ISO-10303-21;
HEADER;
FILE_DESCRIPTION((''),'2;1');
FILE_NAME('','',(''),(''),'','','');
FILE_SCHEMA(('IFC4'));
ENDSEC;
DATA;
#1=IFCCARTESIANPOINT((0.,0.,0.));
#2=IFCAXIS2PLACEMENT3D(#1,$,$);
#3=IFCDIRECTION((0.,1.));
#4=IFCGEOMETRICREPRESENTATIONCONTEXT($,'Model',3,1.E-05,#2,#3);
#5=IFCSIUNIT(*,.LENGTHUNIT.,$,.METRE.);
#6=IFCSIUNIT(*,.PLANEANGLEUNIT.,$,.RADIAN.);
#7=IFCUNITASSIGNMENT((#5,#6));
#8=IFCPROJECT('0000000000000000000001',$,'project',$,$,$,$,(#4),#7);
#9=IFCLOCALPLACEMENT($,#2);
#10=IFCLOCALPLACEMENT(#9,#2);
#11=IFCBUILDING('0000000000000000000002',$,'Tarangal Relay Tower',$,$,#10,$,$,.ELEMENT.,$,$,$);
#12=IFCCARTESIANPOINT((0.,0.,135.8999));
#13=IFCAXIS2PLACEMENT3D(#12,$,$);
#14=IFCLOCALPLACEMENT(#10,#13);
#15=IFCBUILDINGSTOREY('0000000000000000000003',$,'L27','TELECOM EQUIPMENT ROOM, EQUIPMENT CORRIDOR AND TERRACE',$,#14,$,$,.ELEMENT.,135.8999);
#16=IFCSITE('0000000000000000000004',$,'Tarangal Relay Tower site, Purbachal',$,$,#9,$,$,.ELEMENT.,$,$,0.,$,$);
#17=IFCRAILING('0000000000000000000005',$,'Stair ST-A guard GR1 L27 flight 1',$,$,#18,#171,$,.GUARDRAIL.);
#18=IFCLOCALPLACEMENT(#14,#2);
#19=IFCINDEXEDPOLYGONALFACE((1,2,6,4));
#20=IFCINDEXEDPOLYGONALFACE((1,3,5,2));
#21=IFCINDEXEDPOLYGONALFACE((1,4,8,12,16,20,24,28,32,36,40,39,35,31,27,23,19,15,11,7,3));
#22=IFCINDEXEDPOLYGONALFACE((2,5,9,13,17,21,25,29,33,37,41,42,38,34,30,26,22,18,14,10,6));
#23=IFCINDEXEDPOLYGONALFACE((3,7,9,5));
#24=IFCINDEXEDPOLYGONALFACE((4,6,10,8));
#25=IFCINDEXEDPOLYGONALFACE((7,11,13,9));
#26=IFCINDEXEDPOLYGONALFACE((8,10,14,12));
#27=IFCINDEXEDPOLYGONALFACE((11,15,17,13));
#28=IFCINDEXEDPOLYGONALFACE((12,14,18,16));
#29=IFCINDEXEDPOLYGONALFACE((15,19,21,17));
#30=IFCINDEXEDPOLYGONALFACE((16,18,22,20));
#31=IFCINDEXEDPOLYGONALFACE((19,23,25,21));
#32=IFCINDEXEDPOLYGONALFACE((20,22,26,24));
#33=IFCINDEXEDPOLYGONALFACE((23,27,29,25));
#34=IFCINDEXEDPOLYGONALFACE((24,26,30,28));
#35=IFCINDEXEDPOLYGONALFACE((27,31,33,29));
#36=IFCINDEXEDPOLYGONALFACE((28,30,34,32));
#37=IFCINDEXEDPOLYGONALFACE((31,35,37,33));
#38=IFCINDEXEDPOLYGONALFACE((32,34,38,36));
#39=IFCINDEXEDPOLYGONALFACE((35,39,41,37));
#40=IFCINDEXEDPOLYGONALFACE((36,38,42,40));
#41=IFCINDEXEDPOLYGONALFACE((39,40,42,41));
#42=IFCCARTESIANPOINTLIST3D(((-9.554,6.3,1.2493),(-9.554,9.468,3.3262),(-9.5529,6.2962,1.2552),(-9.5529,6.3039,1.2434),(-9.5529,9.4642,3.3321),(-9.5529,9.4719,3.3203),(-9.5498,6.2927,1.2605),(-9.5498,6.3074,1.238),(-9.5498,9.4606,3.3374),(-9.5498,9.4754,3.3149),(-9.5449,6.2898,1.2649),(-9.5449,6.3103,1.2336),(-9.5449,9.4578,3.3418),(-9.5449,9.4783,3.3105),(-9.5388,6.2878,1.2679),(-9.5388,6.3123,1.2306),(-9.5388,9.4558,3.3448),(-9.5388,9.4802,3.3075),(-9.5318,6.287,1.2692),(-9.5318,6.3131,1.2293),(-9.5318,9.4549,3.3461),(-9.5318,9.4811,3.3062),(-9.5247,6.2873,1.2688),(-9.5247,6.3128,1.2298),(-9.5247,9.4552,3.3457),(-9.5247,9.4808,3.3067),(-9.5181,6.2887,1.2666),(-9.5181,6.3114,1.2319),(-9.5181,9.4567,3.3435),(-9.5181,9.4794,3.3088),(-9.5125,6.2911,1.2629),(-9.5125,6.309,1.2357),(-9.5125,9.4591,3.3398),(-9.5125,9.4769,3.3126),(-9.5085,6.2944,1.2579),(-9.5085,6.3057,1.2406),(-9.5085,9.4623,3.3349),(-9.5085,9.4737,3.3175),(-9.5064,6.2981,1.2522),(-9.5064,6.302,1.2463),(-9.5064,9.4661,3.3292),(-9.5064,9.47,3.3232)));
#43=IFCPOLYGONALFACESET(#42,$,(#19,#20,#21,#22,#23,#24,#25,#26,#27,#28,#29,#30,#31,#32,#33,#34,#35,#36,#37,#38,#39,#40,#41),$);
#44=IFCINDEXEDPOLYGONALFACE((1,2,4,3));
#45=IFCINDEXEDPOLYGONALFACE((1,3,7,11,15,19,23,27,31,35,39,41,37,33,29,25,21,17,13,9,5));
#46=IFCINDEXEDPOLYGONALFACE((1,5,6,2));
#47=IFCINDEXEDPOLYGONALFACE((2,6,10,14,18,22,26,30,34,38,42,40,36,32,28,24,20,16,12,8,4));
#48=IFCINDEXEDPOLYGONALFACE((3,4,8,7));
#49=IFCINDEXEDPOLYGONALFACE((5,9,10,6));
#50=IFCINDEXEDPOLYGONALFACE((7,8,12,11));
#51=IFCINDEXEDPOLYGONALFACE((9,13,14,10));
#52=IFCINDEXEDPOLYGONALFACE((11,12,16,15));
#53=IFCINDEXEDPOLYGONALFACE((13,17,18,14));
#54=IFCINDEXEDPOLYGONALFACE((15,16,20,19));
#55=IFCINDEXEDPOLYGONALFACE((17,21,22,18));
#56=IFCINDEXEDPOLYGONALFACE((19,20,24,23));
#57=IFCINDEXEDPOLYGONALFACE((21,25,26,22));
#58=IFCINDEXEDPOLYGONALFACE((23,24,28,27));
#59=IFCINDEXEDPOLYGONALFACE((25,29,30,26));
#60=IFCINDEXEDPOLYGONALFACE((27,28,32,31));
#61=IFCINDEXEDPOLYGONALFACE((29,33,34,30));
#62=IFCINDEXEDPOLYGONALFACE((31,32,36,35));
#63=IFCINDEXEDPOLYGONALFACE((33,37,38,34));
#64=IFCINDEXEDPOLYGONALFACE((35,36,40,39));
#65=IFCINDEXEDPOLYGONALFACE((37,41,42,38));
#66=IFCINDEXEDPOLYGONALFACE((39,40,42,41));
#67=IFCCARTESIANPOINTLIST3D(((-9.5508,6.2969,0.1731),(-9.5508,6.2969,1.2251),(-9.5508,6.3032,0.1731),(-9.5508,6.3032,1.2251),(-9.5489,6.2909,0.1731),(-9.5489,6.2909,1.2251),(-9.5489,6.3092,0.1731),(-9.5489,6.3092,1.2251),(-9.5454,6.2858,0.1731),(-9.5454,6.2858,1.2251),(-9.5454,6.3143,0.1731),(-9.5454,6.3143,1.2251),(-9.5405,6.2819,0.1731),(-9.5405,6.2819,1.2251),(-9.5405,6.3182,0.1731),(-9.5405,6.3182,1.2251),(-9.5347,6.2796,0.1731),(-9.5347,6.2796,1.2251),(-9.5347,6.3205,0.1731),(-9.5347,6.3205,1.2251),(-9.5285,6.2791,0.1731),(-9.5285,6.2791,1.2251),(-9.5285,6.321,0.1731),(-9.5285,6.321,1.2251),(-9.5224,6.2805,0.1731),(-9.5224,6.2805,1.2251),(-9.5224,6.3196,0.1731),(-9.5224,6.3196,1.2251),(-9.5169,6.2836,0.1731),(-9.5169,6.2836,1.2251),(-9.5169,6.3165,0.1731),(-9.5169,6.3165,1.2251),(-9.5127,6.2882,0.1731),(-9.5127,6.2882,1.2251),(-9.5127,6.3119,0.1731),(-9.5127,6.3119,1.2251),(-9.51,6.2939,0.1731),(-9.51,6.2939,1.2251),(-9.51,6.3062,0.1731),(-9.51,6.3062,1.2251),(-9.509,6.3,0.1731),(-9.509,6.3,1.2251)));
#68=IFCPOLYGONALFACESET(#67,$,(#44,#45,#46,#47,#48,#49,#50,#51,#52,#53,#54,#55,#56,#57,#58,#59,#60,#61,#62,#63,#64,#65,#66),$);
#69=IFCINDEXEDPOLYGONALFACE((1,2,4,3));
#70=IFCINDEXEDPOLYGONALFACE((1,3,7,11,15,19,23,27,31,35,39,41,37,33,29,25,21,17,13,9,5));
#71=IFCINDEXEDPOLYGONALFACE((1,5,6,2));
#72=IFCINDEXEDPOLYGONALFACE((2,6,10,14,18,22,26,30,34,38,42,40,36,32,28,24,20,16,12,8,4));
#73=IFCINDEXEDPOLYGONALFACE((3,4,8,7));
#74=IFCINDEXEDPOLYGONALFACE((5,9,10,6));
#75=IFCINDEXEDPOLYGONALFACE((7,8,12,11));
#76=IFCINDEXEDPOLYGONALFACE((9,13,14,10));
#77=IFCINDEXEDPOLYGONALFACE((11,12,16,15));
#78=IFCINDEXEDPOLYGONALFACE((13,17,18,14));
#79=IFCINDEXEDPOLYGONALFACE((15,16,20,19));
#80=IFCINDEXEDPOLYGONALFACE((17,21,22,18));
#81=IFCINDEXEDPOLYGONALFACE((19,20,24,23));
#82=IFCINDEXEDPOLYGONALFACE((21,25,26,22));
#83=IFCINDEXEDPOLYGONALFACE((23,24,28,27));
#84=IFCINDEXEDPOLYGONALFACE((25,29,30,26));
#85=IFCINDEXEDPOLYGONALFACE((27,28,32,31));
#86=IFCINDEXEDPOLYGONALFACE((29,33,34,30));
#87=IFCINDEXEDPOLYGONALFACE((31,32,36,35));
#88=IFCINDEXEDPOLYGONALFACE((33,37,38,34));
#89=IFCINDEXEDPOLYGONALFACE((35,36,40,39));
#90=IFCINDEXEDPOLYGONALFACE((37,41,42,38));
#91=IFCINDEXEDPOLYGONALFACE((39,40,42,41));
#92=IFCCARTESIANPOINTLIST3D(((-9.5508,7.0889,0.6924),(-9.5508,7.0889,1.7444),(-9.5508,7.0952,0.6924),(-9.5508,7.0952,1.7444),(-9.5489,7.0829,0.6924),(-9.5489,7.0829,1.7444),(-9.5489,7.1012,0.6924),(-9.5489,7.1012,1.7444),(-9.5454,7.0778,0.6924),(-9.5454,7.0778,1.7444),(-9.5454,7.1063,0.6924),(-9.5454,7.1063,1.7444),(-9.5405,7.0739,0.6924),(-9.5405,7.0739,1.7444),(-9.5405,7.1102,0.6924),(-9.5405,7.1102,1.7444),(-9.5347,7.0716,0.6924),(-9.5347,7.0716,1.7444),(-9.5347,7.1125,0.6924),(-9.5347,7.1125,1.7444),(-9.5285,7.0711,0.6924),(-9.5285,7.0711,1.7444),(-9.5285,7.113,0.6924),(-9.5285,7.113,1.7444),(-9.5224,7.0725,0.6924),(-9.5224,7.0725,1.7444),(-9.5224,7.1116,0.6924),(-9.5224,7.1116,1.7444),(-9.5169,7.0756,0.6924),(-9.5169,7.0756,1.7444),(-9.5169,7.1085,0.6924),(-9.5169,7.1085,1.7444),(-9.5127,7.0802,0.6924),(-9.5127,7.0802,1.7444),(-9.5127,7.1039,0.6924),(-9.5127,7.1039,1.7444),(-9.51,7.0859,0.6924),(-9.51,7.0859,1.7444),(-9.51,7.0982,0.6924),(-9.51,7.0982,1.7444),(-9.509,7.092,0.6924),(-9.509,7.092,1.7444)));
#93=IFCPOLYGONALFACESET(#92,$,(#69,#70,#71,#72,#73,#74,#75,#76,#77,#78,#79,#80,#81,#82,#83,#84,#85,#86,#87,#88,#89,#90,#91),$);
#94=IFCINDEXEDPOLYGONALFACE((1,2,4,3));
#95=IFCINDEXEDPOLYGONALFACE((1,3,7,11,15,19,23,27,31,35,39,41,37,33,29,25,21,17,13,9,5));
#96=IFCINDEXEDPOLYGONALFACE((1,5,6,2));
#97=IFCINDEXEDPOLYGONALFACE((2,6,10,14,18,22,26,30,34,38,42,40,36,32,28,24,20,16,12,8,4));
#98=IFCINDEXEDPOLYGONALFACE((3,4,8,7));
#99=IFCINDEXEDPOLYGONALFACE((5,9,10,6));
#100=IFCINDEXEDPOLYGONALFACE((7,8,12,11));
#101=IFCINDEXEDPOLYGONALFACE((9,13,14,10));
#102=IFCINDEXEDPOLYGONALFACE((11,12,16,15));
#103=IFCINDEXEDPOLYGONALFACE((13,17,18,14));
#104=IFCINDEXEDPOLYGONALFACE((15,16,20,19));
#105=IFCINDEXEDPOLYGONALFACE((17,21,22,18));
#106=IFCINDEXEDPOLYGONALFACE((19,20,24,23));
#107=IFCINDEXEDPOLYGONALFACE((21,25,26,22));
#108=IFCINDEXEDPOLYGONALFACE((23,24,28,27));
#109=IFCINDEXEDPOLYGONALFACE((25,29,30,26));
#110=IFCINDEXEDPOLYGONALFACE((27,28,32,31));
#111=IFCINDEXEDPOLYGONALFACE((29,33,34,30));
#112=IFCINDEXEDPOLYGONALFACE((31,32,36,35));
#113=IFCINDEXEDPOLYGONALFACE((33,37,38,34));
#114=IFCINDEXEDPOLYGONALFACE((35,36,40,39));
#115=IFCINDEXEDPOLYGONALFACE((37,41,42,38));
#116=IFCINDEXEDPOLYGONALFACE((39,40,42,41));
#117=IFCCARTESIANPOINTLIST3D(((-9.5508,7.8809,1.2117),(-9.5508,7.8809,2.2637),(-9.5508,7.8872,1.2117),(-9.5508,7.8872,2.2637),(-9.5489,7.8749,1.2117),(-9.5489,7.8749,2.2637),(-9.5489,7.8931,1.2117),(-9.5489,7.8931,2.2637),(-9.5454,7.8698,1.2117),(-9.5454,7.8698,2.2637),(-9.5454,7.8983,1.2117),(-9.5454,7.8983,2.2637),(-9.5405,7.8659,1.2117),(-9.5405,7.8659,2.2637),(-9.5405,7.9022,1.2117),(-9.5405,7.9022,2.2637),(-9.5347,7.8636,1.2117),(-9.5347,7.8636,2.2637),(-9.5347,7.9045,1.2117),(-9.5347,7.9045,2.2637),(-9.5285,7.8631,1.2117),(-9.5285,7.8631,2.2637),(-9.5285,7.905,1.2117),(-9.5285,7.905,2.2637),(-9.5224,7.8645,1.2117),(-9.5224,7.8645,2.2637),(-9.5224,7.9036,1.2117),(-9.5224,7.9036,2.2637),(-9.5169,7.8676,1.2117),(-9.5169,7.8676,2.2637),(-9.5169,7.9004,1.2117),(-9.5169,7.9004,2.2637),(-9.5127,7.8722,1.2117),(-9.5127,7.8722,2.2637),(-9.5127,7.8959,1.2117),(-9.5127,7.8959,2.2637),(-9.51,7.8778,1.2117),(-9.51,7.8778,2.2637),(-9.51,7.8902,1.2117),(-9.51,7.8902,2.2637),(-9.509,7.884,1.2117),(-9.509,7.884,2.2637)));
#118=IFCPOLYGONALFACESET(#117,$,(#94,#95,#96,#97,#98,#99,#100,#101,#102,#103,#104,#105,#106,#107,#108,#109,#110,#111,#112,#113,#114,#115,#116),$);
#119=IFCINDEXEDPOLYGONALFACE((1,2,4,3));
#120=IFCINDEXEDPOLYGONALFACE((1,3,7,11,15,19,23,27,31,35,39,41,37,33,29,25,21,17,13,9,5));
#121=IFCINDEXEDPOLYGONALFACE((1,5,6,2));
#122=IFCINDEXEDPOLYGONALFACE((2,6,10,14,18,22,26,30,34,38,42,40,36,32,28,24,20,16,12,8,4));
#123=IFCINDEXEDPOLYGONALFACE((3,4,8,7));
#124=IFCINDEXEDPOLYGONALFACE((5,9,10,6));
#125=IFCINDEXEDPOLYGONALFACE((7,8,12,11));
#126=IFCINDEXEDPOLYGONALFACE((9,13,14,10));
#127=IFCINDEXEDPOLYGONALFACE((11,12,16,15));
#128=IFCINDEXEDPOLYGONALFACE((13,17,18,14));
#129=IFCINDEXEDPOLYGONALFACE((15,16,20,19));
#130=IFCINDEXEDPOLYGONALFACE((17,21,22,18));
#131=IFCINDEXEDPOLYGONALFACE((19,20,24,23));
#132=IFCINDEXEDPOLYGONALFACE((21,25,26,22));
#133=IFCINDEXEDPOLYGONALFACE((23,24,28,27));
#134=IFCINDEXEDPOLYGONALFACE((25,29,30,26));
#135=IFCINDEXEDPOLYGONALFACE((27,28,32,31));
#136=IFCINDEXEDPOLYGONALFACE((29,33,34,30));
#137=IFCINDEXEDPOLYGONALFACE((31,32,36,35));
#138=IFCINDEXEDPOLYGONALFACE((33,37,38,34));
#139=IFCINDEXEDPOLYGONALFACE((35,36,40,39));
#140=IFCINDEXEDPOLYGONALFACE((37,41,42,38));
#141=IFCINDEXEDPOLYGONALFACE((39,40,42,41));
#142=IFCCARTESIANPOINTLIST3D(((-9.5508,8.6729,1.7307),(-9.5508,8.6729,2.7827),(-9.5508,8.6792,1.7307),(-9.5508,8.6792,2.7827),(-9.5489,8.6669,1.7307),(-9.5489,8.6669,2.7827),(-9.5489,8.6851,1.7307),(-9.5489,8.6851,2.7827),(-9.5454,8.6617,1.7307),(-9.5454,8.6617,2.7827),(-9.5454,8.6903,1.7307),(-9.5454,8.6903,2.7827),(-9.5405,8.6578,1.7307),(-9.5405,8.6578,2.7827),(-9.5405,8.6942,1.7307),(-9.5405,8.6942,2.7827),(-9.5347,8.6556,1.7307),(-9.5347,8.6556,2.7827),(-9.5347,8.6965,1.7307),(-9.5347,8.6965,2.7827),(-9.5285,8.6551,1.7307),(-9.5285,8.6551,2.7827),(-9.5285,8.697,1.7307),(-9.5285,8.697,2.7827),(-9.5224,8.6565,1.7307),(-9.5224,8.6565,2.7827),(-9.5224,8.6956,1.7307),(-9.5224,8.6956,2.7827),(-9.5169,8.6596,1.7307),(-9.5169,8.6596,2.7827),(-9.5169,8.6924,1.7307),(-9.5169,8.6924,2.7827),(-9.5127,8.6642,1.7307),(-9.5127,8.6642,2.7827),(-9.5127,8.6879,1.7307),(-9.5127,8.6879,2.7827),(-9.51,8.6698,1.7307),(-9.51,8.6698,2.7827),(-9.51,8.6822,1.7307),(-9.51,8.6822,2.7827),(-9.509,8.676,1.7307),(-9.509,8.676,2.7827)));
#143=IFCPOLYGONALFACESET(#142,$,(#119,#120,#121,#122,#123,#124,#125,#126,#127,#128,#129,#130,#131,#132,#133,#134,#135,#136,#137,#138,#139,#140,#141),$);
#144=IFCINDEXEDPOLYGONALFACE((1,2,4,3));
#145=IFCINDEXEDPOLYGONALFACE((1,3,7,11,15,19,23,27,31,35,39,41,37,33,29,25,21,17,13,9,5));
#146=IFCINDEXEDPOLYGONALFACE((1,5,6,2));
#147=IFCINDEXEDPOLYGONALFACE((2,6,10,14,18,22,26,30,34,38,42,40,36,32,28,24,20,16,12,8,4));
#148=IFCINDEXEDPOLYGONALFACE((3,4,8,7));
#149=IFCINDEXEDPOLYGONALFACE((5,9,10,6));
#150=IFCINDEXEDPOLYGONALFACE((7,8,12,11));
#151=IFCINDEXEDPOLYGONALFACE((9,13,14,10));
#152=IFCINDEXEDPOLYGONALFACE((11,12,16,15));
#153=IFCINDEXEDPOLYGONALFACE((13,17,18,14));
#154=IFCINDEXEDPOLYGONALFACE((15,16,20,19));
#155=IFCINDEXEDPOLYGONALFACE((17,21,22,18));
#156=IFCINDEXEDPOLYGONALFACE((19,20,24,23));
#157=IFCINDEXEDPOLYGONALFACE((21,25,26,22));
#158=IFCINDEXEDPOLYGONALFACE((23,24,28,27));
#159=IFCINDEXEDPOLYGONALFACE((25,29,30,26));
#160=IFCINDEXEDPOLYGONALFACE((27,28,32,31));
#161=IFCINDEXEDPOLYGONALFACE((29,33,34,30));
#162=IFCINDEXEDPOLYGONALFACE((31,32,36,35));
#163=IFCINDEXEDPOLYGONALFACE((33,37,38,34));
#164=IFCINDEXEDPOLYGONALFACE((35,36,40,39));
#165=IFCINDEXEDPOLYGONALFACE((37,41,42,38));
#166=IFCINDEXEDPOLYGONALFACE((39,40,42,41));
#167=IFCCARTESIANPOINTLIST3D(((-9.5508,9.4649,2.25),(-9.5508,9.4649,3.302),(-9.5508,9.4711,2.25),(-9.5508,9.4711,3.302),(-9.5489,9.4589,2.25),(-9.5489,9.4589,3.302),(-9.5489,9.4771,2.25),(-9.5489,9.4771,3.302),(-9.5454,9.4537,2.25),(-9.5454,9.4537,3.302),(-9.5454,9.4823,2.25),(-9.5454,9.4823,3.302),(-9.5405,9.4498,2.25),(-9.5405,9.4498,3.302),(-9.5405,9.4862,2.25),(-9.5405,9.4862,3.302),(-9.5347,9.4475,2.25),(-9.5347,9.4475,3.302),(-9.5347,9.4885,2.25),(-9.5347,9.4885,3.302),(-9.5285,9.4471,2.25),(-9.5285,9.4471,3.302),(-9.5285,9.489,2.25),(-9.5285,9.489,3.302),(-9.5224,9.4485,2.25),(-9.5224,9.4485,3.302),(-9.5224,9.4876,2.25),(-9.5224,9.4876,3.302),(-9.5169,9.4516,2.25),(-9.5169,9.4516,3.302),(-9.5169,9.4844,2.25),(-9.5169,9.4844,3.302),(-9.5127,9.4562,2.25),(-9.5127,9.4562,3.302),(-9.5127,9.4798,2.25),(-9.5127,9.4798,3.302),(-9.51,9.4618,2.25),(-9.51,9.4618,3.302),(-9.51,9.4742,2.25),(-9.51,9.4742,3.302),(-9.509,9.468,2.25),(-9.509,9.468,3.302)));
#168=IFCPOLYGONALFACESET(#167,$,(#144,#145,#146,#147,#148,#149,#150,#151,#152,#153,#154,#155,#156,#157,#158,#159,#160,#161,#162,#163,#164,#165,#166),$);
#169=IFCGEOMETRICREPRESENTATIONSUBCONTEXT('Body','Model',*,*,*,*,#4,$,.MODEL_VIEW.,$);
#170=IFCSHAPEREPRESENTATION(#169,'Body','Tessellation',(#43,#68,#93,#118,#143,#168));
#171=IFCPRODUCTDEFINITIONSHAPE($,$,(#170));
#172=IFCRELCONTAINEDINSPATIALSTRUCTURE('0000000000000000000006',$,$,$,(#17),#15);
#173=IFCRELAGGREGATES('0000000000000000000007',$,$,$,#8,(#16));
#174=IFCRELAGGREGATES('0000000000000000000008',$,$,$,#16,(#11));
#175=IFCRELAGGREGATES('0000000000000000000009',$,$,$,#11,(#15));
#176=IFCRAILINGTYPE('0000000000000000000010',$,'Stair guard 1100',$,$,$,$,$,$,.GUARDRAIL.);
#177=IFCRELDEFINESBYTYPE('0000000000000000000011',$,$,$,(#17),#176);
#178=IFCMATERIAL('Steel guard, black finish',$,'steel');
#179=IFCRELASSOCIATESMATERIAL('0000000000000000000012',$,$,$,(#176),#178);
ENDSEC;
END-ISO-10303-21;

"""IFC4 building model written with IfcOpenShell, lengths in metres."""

from ifc_helpers import new_model, si_unit, direction, frame, origin, origin_2d, place, context, subcontext, project, spatial, circle, extrude, material, type_object, element, save


model = new_model("IFC4")

# Units and contexts
model_context = context("Model", 3, precision=1e-05, world=origin(), true_north=direction((0.0, 1.0)))
body_context = subcontext(model_context, "Body", "Model", "MODEL_VIEW")
ifc_project = project(units=[si_unit("LENGTHUNIT", "METRE"), si_unit("PLANEANGLEUNIT", "RADIAN")], contexts=[model_context])

# Site, building, storey
site_placement = place(None, origin())
site = spatial("IfcSite", under=ifc_project, at=site_placement, Name="Tarangal Relay Tower site, Purbachal", CompositionType="ELEMENT", RefElevation=0.0)
building_placement = place(site_placement, origin())
building = spatial("IfcBuilding", under=site, at=building_placement, Name="Tarangal Relay Tower", CompositionType="ELEMENT")
storey_placement = place(building_placement, frame((0.0, 0.0, 135.8999)))
storey = spatial("IfcBuildingStorey", under=building, at=storey_placement, Name="L27", Description="TELECOM EQUIPMENT ROOM, EQUIPMENT CORRIDOR AND TERRACE", CompositionType="ELEMENT", Elevation=135.8999)

# Railing
ifc_material_1 = material(Name="Steel guard, black finish", Category="steel")
railing_type_1 = type_object("IfcRailingType", Name="Stair guard 1100", PredefinedType="GUARDRAIL", material=ifc_material_1)
railing_1_placement = place(storey_placement, frame((-9.53, 6.3, 0.1731)))
element("IfcRailing", 1, at=railing_1_placement, inside=storey, type_object=railing_type_1, Name="Stair ST-A guard GR1 L27 flight 1", PredefinedType="GUARDRAIL", context=body_context, shape_type="SweptSolid", body=[
    extrude(circle(Radius=0.0239, at=origin_2d()), frame((0.0, 0.0, 1.0762), z_axis=(0.0, 0.836299, 0.548273), x_axis=(-1.0, 0.0, 0.0)), (0.0, 0.0, 1.0), 3.7881),
    extrude(circle(Radius=0.021, at=origin_2d()), origin(), (0.0, 0.0, 1.0), 1.052),
    extrude(circle(Radius=0.021, at=origin_2d()), frame((0.0, 0.792, 0.5193)), (0.0, 0.0, 1.0), 1.052),
    extrude(circle(Radius=0.021, at=origin_2d()), frame((0.0, 1.584, 1.0386)), (0.0, 0.0, 1.0), 1.052),
    extrude(circle(Radius=0.021, at=origin_2d()), frame((0.0, 2.376, 1.5576)), (0.0, 0.0, 1.0), 1.052),
    extrude(circle(Radius=0.021, at=origin_2d()), frame((0.0, 3.168, 2.0769)), (0.0, 0.0, 1.0), 1.052),
])

save(model, "model.ifc")
